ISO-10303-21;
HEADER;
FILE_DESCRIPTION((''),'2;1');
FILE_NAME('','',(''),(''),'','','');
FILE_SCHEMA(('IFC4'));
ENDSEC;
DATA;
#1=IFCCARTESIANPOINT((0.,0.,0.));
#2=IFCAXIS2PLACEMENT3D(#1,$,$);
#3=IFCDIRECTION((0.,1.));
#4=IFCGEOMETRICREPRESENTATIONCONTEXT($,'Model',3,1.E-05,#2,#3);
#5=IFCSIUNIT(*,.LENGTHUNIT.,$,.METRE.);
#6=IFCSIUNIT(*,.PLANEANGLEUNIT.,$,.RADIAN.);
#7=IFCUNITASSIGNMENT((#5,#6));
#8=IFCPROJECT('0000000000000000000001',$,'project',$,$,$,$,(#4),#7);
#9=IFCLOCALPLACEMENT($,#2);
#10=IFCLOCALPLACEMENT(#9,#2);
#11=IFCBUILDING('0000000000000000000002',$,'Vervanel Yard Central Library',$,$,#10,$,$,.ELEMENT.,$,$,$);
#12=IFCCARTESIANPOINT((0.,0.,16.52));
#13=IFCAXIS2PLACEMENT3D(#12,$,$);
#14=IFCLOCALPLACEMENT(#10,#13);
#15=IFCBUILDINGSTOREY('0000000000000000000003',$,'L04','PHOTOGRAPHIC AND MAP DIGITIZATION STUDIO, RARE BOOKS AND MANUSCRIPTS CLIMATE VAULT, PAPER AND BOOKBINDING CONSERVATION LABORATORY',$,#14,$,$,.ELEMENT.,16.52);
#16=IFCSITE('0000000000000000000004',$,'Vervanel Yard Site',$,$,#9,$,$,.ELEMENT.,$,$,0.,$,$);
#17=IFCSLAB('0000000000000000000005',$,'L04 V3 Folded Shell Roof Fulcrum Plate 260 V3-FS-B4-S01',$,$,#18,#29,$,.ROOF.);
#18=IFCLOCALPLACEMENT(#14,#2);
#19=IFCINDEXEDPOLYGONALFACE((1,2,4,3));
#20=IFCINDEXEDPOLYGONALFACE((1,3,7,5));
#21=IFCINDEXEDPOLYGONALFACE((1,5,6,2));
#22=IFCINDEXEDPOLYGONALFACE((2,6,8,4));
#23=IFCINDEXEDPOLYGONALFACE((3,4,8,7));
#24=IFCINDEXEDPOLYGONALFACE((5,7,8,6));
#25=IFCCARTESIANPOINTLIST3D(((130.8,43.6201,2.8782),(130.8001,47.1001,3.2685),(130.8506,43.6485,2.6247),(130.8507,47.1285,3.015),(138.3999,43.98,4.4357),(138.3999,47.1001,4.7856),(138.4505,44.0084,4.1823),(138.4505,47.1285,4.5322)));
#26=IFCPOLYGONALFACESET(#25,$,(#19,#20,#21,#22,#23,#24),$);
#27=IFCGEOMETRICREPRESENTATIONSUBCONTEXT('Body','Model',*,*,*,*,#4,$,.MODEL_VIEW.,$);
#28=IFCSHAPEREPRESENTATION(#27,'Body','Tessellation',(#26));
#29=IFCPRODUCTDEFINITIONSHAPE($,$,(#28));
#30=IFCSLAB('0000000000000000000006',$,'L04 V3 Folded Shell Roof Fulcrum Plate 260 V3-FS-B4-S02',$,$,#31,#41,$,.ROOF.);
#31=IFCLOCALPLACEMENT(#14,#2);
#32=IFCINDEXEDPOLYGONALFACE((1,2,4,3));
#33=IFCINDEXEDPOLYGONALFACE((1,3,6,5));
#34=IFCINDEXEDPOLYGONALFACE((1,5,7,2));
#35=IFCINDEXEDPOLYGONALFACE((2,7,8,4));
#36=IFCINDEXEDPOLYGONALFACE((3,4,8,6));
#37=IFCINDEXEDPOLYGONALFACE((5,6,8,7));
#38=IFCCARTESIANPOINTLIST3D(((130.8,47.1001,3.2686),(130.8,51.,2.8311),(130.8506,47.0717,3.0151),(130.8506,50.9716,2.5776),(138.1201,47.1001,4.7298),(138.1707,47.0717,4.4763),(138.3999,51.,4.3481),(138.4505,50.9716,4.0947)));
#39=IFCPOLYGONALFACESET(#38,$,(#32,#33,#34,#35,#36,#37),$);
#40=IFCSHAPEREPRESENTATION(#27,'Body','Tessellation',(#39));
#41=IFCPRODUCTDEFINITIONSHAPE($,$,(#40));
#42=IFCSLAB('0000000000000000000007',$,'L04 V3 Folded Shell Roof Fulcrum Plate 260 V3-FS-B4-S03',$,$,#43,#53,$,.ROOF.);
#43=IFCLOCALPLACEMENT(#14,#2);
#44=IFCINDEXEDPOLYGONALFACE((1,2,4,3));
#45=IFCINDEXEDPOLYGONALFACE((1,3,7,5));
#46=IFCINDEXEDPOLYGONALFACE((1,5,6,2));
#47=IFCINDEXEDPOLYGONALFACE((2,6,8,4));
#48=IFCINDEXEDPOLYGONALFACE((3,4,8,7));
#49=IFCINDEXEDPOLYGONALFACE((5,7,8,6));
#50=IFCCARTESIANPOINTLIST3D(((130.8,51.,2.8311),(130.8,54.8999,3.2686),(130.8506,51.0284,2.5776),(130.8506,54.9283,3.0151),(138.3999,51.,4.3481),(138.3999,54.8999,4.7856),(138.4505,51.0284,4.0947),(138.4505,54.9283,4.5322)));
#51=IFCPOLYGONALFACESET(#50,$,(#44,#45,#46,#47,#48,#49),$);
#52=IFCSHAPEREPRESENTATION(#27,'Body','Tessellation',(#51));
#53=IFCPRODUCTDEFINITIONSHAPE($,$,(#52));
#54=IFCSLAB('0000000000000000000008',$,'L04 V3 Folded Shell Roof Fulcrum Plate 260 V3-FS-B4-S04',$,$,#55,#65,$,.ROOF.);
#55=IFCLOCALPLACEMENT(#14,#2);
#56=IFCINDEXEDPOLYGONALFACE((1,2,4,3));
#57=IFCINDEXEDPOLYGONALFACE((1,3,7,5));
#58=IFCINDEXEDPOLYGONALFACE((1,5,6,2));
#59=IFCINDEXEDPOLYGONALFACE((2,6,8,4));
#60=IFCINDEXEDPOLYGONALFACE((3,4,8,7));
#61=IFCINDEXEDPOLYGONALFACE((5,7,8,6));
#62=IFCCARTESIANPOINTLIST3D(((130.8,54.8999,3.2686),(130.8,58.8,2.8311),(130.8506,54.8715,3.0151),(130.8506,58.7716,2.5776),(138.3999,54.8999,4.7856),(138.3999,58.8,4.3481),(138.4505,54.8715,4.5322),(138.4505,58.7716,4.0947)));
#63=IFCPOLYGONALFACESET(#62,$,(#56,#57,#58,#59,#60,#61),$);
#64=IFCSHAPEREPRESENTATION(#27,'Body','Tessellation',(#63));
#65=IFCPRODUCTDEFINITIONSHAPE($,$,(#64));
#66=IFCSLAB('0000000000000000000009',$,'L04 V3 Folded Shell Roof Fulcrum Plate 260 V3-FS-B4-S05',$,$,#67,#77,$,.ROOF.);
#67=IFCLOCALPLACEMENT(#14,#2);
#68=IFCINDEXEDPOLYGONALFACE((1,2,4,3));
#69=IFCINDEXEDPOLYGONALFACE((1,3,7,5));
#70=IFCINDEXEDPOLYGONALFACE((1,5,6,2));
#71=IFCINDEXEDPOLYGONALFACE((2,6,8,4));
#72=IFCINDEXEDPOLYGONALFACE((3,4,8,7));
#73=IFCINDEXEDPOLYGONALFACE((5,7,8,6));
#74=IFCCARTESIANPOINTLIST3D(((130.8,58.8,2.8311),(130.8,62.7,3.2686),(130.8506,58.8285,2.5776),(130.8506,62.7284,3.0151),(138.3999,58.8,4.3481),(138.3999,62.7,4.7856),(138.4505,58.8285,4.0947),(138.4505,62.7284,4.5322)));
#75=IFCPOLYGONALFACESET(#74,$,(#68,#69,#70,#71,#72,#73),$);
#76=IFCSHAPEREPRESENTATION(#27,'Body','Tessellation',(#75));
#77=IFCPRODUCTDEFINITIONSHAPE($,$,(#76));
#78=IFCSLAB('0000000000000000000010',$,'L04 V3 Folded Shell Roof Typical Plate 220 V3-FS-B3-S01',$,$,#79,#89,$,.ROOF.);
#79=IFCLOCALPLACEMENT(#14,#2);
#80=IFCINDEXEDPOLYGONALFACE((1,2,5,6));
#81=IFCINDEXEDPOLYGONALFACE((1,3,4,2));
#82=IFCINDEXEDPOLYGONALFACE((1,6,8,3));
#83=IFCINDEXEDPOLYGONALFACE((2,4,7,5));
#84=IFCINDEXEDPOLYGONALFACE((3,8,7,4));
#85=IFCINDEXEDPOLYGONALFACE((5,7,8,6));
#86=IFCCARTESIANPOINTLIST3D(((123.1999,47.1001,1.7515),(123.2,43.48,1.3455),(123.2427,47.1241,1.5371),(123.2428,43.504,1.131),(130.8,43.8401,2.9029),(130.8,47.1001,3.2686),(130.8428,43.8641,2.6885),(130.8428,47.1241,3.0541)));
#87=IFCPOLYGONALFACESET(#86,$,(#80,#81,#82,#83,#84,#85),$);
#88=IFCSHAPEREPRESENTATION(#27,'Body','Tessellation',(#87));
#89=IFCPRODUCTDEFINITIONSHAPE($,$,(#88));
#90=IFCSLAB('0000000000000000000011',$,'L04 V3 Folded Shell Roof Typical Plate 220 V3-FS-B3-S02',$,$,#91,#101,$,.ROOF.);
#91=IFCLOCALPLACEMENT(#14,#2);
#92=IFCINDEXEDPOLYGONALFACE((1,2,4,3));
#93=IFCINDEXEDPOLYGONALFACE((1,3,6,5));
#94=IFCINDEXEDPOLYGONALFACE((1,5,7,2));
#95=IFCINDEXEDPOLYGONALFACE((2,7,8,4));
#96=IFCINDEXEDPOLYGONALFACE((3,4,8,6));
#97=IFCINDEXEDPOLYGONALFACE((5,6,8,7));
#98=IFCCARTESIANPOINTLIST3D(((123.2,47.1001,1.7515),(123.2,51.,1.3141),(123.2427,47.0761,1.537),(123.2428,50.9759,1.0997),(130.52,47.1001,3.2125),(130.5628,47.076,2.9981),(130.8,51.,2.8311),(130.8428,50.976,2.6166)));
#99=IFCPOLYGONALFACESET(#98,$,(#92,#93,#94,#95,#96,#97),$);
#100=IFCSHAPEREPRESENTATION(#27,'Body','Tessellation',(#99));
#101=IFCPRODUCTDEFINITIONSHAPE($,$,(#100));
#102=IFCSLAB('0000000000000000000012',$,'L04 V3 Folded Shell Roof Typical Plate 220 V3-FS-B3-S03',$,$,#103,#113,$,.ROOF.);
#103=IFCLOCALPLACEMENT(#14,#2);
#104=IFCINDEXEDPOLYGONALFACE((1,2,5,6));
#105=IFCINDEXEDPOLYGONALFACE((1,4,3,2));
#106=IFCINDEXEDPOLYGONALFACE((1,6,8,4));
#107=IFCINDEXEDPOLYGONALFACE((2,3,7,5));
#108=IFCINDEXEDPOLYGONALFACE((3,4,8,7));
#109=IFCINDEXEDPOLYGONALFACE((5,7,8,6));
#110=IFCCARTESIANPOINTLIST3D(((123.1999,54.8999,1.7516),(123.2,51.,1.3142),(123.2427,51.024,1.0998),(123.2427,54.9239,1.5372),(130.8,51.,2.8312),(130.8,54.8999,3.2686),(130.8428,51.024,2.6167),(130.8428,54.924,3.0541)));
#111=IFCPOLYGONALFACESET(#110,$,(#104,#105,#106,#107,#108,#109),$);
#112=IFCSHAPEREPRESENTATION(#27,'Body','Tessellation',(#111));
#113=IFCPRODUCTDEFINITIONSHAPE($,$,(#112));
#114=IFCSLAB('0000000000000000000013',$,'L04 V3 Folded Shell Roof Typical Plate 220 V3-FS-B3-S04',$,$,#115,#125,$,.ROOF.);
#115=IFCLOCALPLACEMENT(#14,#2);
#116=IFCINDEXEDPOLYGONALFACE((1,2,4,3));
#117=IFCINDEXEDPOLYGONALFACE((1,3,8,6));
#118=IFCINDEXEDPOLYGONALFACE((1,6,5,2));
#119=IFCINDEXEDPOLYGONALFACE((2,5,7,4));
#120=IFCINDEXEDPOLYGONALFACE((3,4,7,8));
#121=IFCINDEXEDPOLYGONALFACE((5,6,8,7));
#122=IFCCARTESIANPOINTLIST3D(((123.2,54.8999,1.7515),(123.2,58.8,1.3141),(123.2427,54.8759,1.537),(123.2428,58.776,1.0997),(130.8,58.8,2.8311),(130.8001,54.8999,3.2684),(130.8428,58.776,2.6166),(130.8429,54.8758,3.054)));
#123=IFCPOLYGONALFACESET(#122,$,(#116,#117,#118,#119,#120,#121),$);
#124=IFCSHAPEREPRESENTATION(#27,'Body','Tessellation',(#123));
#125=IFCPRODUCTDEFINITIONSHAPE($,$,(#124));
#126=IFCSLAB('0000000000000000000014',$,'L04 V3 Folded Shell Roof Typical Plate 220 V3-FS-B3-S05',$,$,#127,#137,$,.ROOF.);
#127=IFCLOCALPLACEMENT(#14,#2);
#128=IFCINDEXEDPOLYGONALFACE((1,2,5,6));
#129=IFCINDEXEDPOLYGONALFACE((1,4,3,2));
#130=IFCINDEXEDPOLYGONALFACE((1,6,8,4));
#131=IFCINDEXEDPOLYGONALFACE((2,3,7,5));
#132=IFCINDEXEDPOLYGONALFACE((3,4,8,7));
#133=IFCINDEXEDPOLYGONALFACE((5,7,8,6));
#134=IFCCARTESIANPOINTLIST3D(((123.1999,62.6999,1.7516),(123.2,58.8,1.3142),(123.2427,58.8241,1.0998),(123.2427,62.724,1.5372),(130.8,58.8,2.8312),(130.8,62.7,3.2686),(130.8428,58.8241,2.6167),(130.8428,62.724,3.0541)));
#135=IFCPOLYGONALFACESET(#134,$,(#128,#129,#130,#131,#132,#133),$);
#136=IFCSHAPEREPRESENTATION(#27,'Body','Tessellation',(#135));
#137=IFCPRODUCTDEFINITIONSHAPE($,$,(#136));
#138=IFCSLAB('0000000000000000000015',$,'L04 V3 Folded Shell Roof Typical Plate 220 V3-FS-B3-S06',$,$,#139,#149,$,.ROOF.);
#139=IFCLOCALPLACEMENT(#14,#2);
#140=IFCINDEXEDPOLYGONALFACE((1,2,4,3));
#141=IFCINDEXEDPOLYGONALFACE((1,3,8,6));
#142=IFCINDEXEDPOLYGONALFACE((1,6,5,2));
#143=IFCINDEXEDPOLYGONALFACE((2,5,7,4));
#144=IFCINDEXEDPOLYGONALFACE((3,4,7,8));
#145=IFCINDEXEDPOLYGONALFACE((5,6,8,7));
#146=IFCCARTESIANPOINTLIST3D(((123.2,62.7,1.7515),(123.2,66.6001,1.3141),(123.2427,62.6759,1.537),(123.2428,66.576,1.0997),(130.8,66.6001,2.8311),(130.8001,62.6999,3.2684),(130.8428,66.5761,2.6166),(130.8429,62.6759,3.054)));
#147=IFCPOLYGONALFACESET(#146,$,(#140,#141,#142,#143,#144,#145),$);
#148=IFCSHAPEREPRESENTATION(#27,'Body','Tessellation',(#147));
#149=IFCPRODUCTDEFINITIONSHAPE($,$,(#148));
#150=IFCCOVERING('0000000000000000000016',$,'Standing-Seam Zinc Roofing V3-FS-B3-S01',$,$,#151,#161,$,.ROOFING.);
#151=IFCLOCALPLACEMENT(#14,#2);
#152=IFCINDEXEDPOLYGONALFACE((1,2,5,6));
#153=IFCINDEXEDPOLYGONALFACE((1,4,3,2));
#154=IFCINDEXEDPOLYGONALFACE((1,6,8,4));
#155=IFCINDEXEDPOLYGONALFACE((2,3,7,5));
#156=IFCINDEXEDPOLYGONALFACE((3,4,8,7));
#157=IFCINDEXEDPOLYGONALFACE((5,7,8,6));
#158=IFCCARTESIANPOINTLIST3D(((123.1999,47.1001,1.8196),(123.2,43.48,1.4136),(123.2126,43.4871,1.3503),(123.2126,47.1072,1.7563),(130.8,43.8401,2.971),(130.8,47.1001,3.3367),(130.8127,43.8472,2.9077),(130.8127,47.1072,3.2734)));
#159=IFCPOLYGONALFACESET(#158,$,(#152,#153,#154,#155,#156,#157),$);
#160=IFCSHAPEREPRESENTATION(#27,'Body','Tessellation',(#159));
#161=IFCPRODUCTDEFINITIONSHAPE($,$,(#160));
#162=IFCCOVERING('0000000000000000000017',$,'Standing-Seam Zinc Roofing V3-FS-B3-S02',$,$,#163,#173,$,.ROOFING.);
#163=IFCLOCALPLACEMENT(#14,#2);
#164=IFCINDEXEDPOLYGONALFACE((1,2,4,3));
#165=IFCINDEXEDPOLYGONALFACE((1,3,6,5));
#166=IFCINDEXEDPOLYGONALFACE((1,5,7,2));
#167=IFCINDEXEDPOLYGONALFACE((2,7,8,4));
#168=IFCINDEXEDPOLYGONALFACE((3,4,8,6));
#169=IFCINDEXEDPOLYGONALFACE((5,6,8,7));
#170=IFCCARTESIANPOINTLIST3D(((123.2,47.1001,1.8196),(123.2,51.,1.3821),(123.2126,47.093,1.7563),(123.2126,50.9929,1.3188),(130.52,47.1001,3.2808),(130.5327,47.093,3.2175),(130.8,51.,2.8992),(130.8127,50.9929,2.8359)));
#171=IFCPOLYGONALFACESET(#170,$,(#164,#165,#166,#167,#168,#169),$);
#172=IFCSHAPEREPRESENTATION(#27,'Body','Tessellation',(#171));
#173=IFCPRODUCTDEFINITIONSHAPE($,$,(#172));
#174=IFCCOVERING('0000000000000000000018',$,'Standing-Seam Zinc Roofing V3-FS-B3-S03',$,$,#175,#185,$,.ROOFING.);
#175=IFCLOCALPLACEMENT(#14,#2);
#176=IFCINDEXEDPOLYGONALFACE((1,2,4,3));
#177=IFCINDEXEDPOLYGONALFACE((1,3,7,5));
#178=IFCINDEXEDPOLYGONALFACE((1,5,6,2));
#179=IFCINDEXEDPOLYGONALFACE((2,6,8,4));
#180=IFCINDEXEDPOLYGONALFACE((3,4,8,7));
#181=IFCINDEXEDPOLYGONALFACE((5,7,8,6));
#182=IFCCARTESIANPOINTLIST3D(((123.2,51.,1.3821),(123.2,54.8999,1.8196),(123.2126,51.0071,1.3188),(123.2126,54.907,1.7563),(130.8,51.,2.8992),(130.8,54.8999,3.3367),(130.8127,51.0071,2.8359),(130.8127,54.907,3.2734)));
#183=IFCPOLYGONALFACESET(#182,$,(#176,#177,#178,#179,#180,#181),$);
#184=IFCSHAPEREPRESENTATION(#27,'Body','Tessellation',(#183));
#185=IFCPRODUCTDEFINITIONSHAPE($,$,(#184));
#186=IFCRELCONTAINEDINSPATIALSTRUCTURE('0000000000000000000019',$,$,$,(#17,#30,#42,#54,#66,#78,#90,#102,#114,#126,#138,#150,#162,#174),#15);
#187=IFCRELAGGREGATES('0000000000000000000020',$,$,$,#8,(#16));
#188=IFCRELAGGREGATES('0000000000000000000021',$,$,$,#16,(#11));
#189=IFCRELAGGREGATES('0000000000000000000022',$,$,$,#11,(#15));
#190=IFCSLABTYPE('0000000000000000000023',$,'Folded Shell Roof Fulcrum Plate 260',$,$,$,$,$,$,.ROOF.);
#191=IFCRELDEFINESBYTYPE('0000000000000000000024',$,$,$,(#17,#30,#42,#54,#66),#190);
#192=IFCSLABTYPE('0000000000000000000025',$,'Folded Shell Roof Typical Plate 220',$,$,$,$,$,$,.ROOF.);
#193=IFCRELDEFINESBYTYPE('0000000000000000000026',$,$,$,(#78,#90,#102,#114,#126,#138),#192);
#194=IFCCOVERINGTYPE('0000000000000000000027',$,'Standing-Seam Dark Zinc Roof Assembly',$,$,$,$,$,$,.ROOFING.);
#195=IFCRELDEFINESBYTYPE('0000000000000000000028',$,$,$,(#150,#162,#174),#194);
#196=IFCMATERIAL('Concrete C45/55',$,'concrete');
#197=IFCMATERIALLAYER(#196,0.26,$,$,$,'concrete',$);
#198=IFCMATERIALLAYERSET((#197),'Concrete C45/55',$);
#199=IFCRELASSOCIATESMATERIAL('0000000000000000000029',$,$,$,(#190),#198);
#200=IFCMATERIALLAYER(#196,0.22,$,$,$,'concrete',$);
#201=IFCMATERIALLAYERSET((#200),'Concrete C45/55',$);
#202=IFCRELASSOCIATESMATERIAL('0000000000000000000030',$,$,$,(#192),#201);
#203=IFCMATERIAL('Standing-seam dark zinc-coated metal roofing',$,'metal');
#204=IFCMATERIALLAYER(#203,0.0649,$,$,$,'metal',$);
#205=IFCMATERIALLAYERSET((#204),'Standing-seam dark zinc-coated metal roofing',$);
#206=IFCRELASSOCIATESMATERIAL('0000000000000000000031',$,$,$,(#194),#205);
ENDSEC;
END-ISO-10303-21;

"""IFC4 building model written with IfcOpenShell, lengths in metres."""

from ifc_helpers import new_model, si_unit, direction, frame, origin, place, context, subcontext, project, spatial, polyline, outline, extrude, material, layer, layer_set, type_object, element, save


model = new_model("IFC4")

# Units and contexts
model_context = context("Model", 3, precision=1e-05, world=origin(), true_north=direction((0.0, 1.0)))
body_context = subcontext(model_context, "Body", "Model", "MODEL_VIEW")
ifc_project = project(units=[si_unit("LENGTHUNIT", "METRE"), si_unit("PLANEANGLEUNIT", "RADIAN")], contexts=[model_context])

# Site, building, storey
site_placement = place(None, origin())
site = spatial("IfcSite", under=ifc_project, at=site_placement, Name="Vervanel Yard Site", CompositionType="ELEMENT", RefElevation=0.0)
building_placement = place(site_placement, origin())
building = spatial("IfcBuilding", under=site, at=building_placement, Name="Vervanel Yard Central Library", CompositionType="ELEMENT")
storey_placement = place(building_placement, frame((0.0, 0.0, 16.52)))
storey = spatial("IfcBuildingStorey", under=building, at=storey_placement, Name="L04", Description="PHOTOGRAPHIC AND MAP DIGITIZATION STUDIO, RARE BOOKS AND MANUSCRIPTS CLIMATE VAULT, PAPER AND BOOKBINDING CONSERVATION LABORATORY", CompositionType="ELEMENT", Elevation=16.52)

# Slabs
ifc_material_1 = material(Name="Concrete C45/55", Category="concrete")
ifc_layer_1 = layer(ifc_material_1, 0.26, Category="concrete")
ifc_layer_set_1 = layer_set([ifc_layer_1], Name="Concrete C45/55")
slab_type_1 = type_object("IfcSlabType", Name="Folded Shell Roof Fulcrum Plate 260", PredefinedType="ROOF", material=ifc_layer_set_1)
slab_1_placement = place(storey_placement, frame((130.8, 43.6201, 2.8782), z_axis=(-0.194596, -0.109326, 0.974772), x_axis=(0.978586, 0.046338, 0.200554)))
element("IfcSlab", 1, at=slab_1_placement, inside=storey, type_object=slab_type_1, Name="L04 V3 Folded Shell Roof Fulcrum Plate 260 V3-FS-B4-S01", PredefinedType="ROOF", context=body_context, shape_type="SweptSolid", body=[
    extrude(outline(polyline([(0.0, 0.0), (7.7662, 0.0), (7.9809, 3.1323), (0.2395, 3.4936), (0.0, 0.0)])), origin(), (0.0, 0.0, -1.0), 0.26),
])
slab_2_placement = place(storey_placement, frame((130.8, 47.1001, 3.2686), z_axis=(-0.194581, 0.109345, 0.974773), x_axis=(0.980653, 0.0, 0.195755)))
element("IfcSlab", 2, at=slab_2_placement, inside=storey, type_object=slab_type_1, Name="L04 V3 Folded Shell Roof Fulcrum Plate 260 V3-FS-B4-S02", PredefinedType="ROOF", context=body_context, shape_type="SweptSolid", body=[
    extrude(outline(polyline([(0.0, 0.0), (7.4645, 0.0), (7.6642, 3.9234), (-0.0856, 3.9234), (0.0, 0.0)])), origin(), (0.0, 0.0, -1.0), 0.26),
])
slab_3_placement = place(storey_placement, frame((130.8, 51.0, 2.8311), z_axis=(-0.194585, -0.109352, 0.974771), x_axis=(0.980652, 0.0, 0.195759)))
element("IfcSlab", 3, at=slab_3_placement, inside=storey, type_object=slab_type_1, Name="L04 V3 Folded Shell Roof Fulcrum Plate 260 V3-FS-B4-S03", PredefinedType="ROOF", context=body_context, shape_type="SweptSolid", body=[
    extrude(outline(polyline([(0.0, 0.0), (7.7498, 0.0), (7.8354, 3.9234), (0.0856, 3.9234), (0.0, 0.0)])), origin(), (0.0, 0.0, -1.0), 0.26),
])
slab_4_placement = place(storey_placement, frame((130.8, 54.8999, 3.2686), z_axis=(-0.194585, 0.109345, 0.974772), x_axis=(0.980652, 0.0, 0.195759)))
element("IfcSlab", 4, at=slab_4_placement, inside=storey, type_object=slab_type_1, Name="L04 V3 Folded Shell Roof Fulcrum Plate 260 V3-FS-B4-S04", PredefinedType="ROOF", context=body_context, shape_type="SweptSolid", body=[
    extrude(outline(polyline([(0.0, 0.0), (7.7498, 0.0), (7.6642, 3.9237), (-0.0856, 3.9237), (0.0, 0.0)])), origin(), (0.0, 0.0, -1.0), 0.26),
])
slab_5_placement = place(storey_placement, frame((130.8, 58.8, 2.8311), z_axis=(-0.194585, -0.109352, 0.974771), x_axis=(0.980652, 0.0, 0.195759)))
element("IfcSlab", 5, at=slab_5_placement, inside=storey, type_object=slab_type_1, Name="L04 V3 Folded Shell Roof Fulcrum Plate 260 V3-FS-B4-S05", PredefinedType="ROOF", context=body_context, shape_type="SweptSolid", body=[
    extrude(outline(polyline([(0.0, 0.0), (7.7498, 0.0), (7.8354, 3.9234), (0.0856, 3.9234), (0.0, 0.0)])), origin(), (0.0, 0.0, -1.0), 0.26),
])
ifc_layer_2 = layer(ifc_material_1, 0.22, Category="concrete")
ifc_layer_set_2 = layer_set([ifc_layer_2], Name="Concrete C45/55")
slab_type_2 = type_object("IfcSlabType", Name="Folded Shell Roof Typical Plate 220", PredefinedType="ROOF", material=ifc_layer_set_2)
slab_6_placement = place(storey_placement, frame((123.2, 43.48, 1.3455), z_axis=(-0.194572, -0.109338, 0.974775), x_axis=(0.978589, 0.046367, 0.200534)))
element("IfcSlab", 6, at=slab_6_placement, inside=storey, type_object=slab_type_2, Name="L04 V3 Folded Shell Roof Typical Plate 220 V3-FS-B3-S01", PredefinedType="ROOF", context=body_context, shape_type="SweptSolid", body=[
    extrude(outline(polyline([(0.0, 0.0), (7.7664, 0.0), (7.9909, 3.2728), (0.2493, 3.6343), (0.0, 0.0)])), origin(), (0.0, 0.0, -1.0), 0.22),
])
slab_7_placement = place(storey_placement, frame((123.2, 47.1001, 1.7515), z_axis=(-0.194563, 0.109321, 0.974779), x_axis=(0.980656, -0.000002, 0.195737)))
element("IfcSlab", 7, at=slab_7_placement, inside=storey, type_object=slab_type_2, Name="L04 V3 Folded Shell Roof Typical Plate 220 V3-FS-B3-S02", PredefinedType="ROOF", context=body_context, shape_type="SweptSolid", body=[
    extrude(outline(polyline([(0.0, 0.0), (7.4645, 0.0), (7.6644, 3.9234), (-0.0856, 3.9234), (0.0, 0.0)])), origin(), (0.0, 0.0, -1.0), 0.22),
])
slab_8_placement = place(storey_placement, frame((123.2, 51.0, 1.3142), z_axis=(-0.194564, -0.109322, 0.974779), x_axis=(0.980656, -0.000002, 0.195737)))
element("IfcSlab", 8, at=slab_8_placement, inside=storey, type_object=slab_type_2, Name="L04 V3 Folded Shell Roof Typical Plate 220 V3-FS-B3-S03", PredefinedType="ROOF", context=body_context, shape_type="SweptSolid", body=[
    extrude(outline(polyline([(0.0, 0.0), (7.75, 0.0), (7.8356, 3.9234), (0.0856, 3.9234), (0.0, 0.0)])), origin(), (0.0, 0.0, -1.0), 0.22),
])
slab_9_placement = place(storey_placement, frame((123.2, 54.8999, 1.7515), z_axis=(-0.194564, 0.109316, 0.974779), x_axis=(0.980656, -0.000002, 0.195738)))
element("IfcSlab", 9, at=slab_9_placement, inside=storey, type_object=slab_type_2, Name="L04 V3 Folded Shell Roof Typical Plate 220 V3-FS-B3-S04", PredefinedType="ROOF", context=body_context, shape_type="SweptSolid", body=[
    extrude(outline(polyline([(0.0, 0.0), (7.75, 0.0), (7.6644, 3.9237), (-0.0856, 3.9236), (0.0, 0.0)])), origin(), (0.0, 0.0, -1.0), 0.22),
])
slab_10_placement = place(storey_placement, frame((123.2, 58.8, 1.3142), z_axis=(-0.194564, -0.109322, 0.974779), x_axis=(0.980656, -0.000002, 0.195737)))
element("IfcSlab", 10, at=slab_10_placement, inside=storey, type_object=slab_type_2, Name="L04 V3 Folded Shell Roof Typical Plate 220 V3-FS-B3-S05", PredefinedType="ROOF", context=body_context, shape_type="SweptSolid", body=[
    extrude(outline(polyline([(0.0, 0.0), (7.75, 0.0), (7.8356, 3.9234), (0.0856, 3.9234), (0.0, 0.0)])), origin(), (0.0, 0.0, -1.0), 0.22),
])
slab_11_placement = place(storey_placement, frame((123.2, 62.7, 1.7515), z_axis=(-0.194564, 0.109316, 0.974779), x_axis=(0.980656, -0.000002, 0.195738)))
element("IfcSlab", 11, at=slab_11_placement, inside=storey, type_object=slab_type_2, Name="L04 V3 Folded Shell Roof Typical Plate 220 V3-FS-B3-S06", PredefinedType="ROOF", context=body_context, shape_type="SweptSolid", body=[
    extrude(outline(polyline([(0.0, 0.0), (7.75, 0.0), (7.6644, 3.9237), (-0.0856, 3.9236), (0.0, 0.0)])), origin(), (0.0, 0.0, -1.0), 0.22),
])

# Coverings
ifc_material_2 = material(Name="Standing-seam dark zinc-coated metal roofing", Category="metal")
ifc_layer_3 = layer(ifc_material_2, 0.0649, Category="metal")
ifc_layer_set_3 = layer_set([ifc_layer_3], Name="Standing-seam dark zinc-coated metal roofing")
covering_type = type_object("IfcCoveringType", Name="Standing-Seam Dark Zinc Roof Assembly", PredefinedType="ROOFING", material=ifc_layer_set_3)
covering_1_placement = place(storey_placement, frame((123.2, 43.48, 1.4136), z_axis=(-0.194572, -0.109338, 0.974775), x_axis=(0.978589, 0.046367, 0.200534)))
element("IfcCovering", 12, at=covering_1_placement, inside=storey, type_object=covering_type, Name="Standing-Seam Zinc Roofing V3-FS-B3-S01", PredefinedType="ROOFING", context=body_context, shape_type="SweptSolid", body=[
    extrude(outline(polyline([(0.0, 0.0), (7.7664, 0.0), (7.9909, 3.2728), (0.2493, 3.6343), (0.0, 0.0)])), origin(), (0.0, 0.0, -1.0), 0.0649),
])
covering_2_placement = place(storey_placement, frame((123.2, 47.1001, 1.8196), z_axis=(-0.194578, 0.109351, 0.974773), x_axis=(0.980653, 0.0, 0.195752)))
element("IfcCovering", 13, at=covering_2_placement, inside=storey, type_object=covering_type, Name="Standing-Seam Zinc Roofing V3-FS-B3-S02", PredefinedType="ROOFING", context=body_context, shape_type="SweptSolid", body=[
    extrude(outline(polyline([(0.0, 0.0), (7.4645, 0.0), (7.6644, 3.9234), (-0.0856, 3.9234), (0.0, 0.0)])), origin(), (0.0, 0.0, -1.0), 0.0649),
])
covering_3_placement = place(storey_placement, frame((123.2, 51.0, 1.3821), z_axis=(-0.194579, -0.109352, 0.974772), x_axis=(0.980653, 0.0, 0.195753)))
element("IfcCovering", 14, at=covering_3_placement, inside=storey, type_object=covering_type, Name="Standing-Seam Zinc Roofing V3-FS-B3-S03", PredefinedType="ROOFING", context=body_context, shape_type="SweptSolid", body=[
    extrude(outline(polyline([(0.0, 0.0), (7.75, 0.0), (7.8357, 3.9234), (0.0856, 3.9234), (0.0, 0.0)])), origin(), (0.0, 0.0, -1.0), 0.0649),
])

save(model, "model.ifc")
